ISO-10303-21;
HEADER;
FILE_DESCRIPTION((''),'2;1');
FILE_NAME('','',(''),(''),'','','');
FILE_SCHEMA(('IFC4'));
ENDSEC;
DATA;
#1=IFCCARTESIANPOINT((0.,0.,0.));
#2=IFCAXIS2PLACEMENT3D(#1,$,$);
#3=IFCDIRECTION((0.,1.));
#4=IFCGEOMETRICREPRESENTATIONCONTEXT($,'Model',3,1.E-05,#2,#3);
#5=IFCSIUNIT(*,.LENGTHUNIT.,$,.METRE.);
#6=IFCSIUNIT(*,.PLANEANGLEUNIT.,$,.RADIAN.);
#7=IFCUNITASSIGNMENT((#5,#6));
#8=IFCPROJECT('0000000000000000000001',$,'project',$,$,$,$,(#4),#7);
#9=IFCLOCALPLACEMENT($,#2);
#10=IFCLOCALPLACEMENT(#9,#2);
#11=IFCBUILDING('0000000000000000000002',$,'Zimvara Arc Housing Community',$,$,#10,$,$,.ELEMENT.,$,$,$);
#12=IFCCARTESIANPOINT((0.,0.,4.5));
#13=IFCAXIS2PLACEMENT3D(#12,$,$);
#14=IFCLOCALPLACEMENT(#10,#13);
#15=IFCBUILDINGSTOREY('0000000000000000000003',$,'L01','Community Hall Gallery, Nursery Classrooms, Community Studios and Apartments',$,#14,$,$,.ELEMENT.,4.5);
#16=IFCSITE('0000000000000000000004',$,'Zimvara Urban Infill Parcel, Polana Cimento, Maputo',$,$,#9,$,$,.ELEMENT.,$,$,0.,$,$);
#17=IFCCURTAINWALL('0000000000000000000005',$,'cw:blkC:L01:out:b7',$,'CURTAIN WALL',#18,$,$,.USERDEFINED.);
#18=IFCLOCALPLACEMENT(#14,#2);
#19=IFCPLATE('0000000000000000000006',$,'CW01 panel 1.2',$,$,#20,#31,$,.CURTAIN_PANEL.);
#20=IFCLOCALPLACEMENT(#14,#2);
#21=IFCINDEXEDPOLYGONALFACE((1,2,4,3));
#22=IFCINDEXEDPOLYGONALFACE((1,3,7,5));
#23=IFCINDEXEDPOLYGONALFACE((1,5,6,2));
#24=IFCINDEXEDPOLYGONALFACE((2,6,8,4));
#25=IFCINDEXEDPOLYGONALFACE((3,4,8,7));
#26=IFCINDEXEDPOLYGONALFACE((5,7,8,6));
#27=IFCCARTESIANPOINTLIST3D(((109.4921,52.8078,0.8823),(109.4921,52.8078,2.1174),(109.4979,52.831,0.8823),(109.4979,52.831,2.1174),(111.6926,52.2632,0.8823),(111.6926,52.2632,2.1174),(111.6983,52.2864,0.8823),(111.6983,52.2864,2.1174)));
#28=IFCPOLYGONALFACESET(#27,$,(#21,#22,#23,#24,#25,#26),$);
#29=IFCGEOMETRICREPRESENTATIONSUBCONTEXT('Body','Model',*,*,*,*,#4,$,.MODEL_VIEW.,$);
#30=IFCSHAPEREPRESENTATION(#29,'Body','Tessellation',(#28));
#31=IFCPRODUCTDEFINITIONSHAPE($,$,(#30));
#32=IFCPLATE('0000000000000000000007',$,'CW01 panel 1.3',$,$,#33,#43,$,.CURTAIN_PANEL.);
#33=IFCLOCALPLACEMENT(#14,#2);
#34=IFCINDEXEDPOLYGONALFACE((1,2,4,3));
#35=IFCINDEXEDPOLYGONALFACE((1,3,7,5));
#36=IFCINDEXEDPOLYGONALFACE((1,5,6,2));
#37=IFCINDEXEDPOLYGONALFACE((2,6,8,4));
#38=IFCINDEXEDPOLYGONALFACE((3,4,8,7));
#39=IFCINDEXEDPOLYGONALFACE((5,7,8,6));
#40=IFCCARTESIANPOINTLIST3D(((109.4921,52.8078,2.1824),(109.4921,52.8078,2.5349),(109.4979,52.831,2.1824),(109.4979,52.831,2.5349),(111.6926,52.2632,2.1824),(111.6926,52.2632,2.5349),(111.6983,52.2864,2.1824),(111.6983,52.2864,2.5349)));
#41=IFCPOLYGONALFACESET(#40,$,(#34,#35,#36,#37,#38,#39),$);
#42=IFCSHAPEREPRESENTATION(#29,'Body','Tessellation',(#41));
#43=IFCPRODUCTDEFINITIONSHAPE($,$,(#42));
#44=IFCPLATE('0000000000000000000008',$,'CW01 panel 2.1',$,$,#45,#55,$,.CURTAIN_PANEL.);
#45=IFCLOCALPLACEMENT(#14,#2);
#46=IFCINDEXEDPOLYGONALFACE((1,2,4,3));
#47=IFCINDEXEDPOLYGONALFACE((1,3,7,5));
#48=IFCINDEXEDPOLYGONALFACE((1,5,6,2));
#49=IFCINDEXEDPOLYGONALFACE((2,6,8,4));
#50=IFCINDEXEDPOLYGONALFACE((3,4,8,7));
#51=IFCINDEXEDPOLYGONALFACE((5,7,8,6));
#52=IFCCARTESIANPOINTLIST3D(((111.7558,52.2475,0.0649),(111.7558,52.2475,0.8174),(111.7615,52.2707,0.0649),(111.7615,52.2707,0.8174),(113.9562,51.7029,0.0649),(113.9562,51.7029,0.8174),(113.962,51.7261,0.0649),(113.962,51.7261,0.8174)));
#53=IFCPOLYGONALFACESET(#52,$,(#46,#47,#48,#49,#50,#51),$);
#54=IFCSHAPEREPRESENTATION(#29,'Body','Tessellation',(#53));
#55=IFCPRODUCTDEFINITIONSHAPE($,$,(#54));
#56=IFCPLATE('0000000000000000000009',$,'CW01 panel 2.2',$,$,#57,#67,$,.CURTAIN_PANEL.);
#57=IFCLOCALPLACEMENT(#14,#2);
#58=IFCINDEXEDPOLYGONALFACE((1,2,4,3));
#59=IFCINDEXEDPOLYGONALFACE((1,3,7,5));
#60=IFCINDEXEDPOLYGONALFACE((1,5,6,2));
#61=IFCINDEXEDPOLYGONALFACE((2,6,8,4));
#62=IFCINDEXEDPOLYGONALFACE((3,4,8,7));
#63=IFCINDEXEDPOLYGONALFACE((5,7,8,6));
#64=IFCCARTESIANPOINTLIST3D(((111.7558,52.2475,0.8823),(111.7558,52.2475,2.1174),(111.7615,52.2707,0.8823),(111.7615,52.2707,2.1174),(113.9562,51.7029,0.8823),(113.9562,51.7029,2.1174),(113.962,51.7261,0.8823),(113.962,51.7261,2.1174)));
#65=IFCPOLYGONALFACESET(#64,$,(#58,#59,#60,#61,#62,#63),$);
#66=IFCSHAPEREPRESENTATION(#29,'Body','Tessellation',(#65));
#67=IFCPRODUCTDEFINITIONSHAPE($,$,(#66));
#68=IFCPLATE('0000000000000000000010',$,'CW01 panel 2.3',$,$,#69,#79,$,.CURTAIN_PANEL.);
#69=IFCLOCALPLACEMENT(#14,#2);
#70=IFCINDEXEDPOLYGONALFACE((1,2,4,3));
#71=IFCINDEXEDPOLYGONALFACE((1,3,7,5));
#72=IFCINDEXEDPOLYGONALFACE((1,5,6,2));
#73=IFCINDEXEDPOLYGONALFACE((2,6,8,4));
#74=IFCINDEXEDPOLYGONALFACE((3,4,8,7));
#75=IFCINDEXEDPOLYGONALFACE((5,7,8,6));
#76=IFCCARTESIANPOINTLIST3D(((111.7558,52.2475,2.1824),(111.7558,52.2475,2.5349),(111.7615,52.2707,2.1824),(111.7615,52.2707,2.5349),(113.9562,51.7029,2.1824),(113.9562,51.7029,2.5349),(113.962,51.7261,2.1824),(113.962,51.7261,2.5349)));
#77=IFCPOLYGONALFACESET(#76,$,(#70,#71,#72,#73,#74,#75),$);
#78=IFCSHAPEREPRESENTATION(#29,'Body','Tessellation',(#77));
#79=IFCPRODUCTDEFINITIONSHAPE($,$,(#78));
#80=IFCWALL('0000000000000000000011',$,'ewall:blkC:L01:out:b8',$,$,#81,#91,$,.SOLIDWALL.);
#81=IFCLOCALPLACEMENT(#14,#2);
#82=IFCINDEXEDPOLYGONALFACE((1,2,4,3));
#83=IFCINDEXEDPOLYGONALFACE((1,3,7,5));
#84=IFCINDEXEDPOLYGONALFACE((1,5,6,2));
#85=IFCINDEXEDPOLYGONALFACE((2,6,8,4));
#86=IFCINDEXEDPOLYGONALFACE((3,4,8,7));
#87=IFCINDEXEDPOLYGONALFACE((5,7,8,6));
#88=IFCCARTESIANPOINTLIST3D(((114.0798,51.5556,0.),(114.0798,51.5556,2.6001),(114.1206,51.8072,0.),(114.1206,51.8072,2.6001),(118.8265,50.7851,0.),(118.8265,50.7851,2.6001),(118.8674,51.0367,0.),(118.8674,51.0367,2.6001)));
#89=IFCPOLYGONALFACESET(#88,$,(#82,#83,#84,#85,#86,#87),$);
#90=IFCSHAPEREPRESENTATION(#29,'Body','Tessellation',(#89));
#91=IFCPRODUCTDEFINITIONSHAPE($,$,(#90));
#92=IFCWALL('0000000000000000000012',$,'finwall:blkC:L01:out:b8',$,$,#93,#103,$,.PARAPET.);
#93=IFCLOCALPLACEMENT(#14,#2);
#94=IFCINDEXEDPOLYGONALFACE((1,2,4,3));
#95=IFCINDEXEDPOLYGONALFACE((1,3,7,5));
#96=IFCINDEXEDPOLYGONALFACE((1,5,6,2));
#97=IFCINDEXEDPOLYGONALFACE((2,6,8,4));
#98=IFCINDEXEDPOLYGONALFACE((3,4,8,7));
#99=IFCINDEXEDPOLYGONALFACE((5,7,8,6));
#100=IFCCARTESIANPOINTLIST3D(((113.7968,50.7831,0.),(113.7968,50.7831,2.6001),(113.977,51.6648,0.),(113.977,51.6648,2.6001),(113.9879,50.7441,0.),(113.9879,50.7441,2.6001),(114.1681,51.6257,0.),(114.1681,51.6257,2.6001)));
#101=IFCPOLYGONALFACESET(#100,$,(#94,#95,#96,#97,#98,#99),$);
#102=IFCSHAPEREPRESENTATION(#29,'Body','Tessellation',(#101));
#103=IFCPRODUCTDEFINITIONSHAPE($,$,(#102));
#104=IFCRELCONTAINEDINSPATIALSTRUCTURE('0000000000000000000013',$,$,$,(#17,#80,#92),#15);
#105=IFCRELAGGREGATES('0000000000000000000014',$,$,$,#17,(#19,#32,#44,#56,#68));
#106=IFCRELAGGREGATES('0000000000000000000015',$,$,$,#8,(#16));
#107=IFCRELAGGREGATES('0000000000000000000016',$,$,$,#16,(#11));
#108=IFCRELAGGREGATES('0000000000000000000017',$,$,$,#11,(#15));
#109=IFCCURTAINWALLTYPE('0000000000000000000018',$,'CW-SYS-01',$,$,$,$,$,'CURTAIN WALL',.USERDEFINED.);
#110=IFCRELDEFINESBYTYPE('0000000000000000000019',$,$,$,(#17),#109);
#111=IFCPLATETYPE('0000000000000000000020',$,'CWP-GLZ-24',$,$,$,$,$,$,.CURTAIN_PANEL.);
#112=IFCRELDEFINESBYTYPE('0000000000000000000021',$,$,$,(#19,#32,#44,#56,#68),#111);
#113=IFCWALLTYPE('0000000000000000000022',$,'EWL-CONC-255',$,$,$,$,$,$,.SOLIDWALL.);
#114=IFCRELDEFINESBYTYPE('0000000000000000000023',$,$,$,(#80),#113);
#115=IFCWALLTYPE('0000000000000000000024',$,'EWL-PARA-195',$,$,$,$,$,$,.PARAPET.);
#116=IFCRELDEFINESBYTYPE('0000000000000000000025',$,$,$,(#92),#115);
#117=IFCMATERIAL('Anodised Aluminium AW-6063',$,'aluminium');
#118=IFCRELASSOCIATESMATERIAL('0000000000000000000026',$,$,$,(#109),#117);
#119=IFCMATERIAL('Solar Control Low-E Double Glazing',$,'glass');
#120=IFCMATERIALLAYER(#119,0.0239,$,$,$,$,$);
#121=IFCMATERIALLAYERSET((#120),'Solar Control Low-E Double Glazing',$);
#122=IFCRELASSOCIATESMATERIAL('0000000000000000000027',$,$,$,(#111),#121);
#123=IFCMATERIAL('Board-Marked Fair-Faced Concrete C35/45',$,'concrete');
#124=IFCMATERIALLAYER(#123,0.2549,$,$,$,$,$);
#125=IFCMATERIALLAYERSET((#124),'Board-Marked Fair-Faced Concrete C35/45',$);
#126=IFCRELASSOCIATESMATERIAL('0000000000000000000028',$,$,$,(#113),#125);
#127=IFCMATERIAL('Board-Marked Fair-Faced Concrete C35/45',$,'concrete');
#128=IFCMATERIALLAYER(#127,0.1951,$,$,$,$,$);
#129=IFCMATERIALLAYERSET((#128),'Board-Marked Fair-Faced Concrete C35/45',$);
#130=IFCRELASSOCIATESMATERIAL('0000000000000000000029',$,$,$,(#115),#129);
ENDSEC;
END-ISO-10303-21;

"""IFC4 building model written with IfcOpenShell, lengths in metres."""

from ifc_helpers import new_model, si_unit, direction, frame, frame_2d, origin, origin_2d, place, context, subcontext, project, spatial, rectangle, extrude, material, layer, layer_set, type_object, element, aggregate, save


model = new_model("IFC4")

# Units and contexts
model_context = context("Model", 3, precision=1e-05, world=origin(), true_north=direction((0.0, 1.0)))
body_context = subcontext(model_context, "Body", "Model", "MODEL_VIEW")
ifc_project = project(units=[si_unit("LENGTHUNIT", "METRE"), si_unit("PLANEANGLEUNIT", "RADIAN")], contexts=[model_context])

# Site, building, storey
site_placement = place(None, origin())
site = spatial("IfcSite", under=ifc_project, at=site_placement, Name="Zimvara Urban Infill Parcel, Polana Cimento, Maputo", CompositionType="ELEMENT", RefElevation=0.0)
building_placement = place(site_placement, origin())
building = spatial("IfcBuilding", under=site, at=building_placement, Name="Zimvara Arc Housing Community", CompositionType="ELEMENT")
storey_placement = place(building_placement, frame((0.0, 0.0, 4.5)))
storey = spatial("IfcBuildingStorey", under=building, at=storey_placement, Name="L01", Description="Community Hall Gallery, Nursery Classrooms, Community Studios and Apartments", CompositionType="ELEMENT", Elevation=4.5)

# Curtain wall, plates
ifc_material_1 = material(Name="Anodised Aluminium AW-6063", Category="aluminium")
curtain_wall_type = type_object("IfcCurtainWallType", Name="CW-SYS-01", ElementType="CURTAIN WALL", PredefinedType="USERDEFINED", material=ifc_material_1)
curtain_wall_placement = place(storey_placement, origin())
curtain_wall = element("IfcCurtainWall", 1, at=curtain_wall_placement, inside=storey, type_object=curtain_wall_type, Name="cw:blkC:L01:out:b7", ObjectType="CURTAIN WALL", PredefinedType="USERDEFINED")
ifc_material_2 = material(Name="Solar Control Low-E Double Glazing", Category="glass")
ifc_layer_1 = layer(ifc_material_2, 0.0239)
ifc_layer_set_1 = layer_set([ifc_layer_1], Name="Solar Control Low-E Double Glazing")
plate_type = type_object("IfcPlateType", Name="CWP-GLZ-24", PredefinedType="CURTAIN_PANEL", material=ifc_layer_set_1)
plate_1_placement = place(storey_placement, frame((110.5952, 52.5471, 0.8823), z_axis=(0.0, 0.0, 1.0), x_axis=(0.970716, -0.24023, 0.0)))
plate_1 = element("IfcPlate", 2, at=plate_1_placement, type_object=plate_type, Name="CW01 panel 1.2", PredefinedType="CURTAIN_PANEL", context=body_context, shape_type="SweptSolid", body=[
    extrude(rectangle(XDim=2.2668, YDim=0.0239, at=origin_2d()), origin(), (0.0, 0.0, 1.0), 1.2351),
])
plate_2_placement = place(storey_placement, frame((110.5952, 52.5471, 2.1824), z_axis=(0.0, 0.0, 1.0), x_axis=(0.970716, -0.24023, 0.0)))
plate_2 = element("IfcPlate", 3, at=plate_2_placement, type_object=plate_type, Name="CW01 panel 1.3", PredefinedType="CURTAIN_PANEL", context=body_context, shape_type="SweptSolid", body=[
    extrude(rectangle(XDim=2.2668, YDim=0.0239, at=origin_2d()), origin(), (0.0, 0.0, 1.0), 0.3525),
])
plate_3_placement = place(storey_placement, frame((112.8589, 51.9868, 0.0649), z_axis=(0.0, 0.0, 1.0), x_axis=(0.970716, -0.24023, 0.0)))
plate_3 = element("IfcPlate", 4, at=plate_3_placement, type_object=plate_type, Name="CW01 panel 2.1", PredefinedType="CURTAIN_PANEL", context=body_context, shape_type="SweptSolid", body=[
    extrude(rectangle(XDim=2.2668, YDim=0.0239, at=origin_2d()), origin(), (0.0, 0.0, 1.0), 0.7524),
])
plate_4_placement = place(storey_placement, frame((112.8589, 51.9868, 0.8823), z_axis=(0.0, 0.0, 1.0), x_axis=(0.970716, -0.24023, 0.0)))
plate_4 = element("IfcPlate", 5, at=plate_4_placement, type_object=plate_type, Name="CW01 panel 2.2", PredefinedType="CURTAIN_PANEL", context=body_context, shape_type="SweptSolid", body=[
    extrude(rectangle(XDim=2.2668, YDim=0.0239, at=origin_2d()), origin(), (0.0, 0.0, 1.0), 1.2351),
])
plate_5_placement = place(storey_placement, frame((112.8589, 51.9868, 2.1824), z_axis=(0.0, 0.0, 1.0), x_axis=(0.970716, -0.24023, 0.0)))
plate_5 = element("IfcPlate", 6, at=plate_5_placement, type_object=plate_type, Name="CW01 panel 2.3", PredefinedType="CURTAIN_PANEL", context=body_context, shape_type="SweptSolid", body=[
    extrude(rectangle(XDim=2.2668, YDim=0.0239, at=origin_2d()), origin(), (0.0, 0.0, 1.0), 0.3525),
])
aggregate(curtain_wall, [plate_1, plate_2, plate_3, plate_4, plate_5])

# Walls
ifc_material_3 = material(Name="Board-Marked Fair-Faced Concrete C35/45", Category="concrete")
ifc_layer_2 = layer(ifc_material_3, 0.2549)
ifc_layer_set_2 = layer_set([ifc_layer_2], Name="Board-Marked Fair-Faced Concrete C35/45")
wall_type_1 = type_object("IfcWallType", Name="EWL-CONC-255", PredefinedType="SOLIDWALL", material=ifc_layer_set_2)
wall_1_placement = place(storey_placement, frame((114.1003, 51.6814, 0.0), z_axis=(0.0, 0.0, 1.0), x_axis=(0.987081, -0.160224, 0.0)))
element("IfcWall", 7, at=wall_1_placement, inside=storey, type_object=wall_type_1, Name="ewall:blkC:L01:out:b8", PredefinedType="SOLIDWALL", context=body_context, shape_type="SweptSolid", body=[
    extrude(rectangle(XDim=4.8088, YDim=0.2549, at=frame_2d((2.4043, 0.0))), origin(), (0.0, 0.0, 1.0), 2.6001),
])
ifc_material_4 = material(Name="Board-Marked Fair-Faced Concrete C35/45", Category="concrete")
ifc_layer_3 = layer(ifc_material_4, 0.1951)
ifc_layer_set_3 = layer_set([ifc_layer_3], Name="Board-Marked Fair-Faced Concrete C35/45")
wall_type_2 = type_object("IfcWallType", Name="EWL-PARA-195", PredefinedType="PARAPET", material=ifc_layer_set_3)
wall_2_placement = place(storey_placement, frame((114.0725, 51.6453, 0.0), z_axis=(0.0, 0.0, 1.0), x_axis=(-0.200236, -0.979748, 0.0)))
element("IfcWall", 8, at=wall_2_placement, inside=storey, type_object=wall_type_2, Name="finwall:blkC:L01:out:b8", PredefinedType="PARAPET", context=body_context, shape_type="SweptSolid", body=[
    extrude(rectangle(XDim=0.8999, YDim=0.1951, at=frame_2d((0.45, 0.0))), origin(), (0.0, 0.0, 1.0), 2.6001),
])

save(model, "model.ifc")
